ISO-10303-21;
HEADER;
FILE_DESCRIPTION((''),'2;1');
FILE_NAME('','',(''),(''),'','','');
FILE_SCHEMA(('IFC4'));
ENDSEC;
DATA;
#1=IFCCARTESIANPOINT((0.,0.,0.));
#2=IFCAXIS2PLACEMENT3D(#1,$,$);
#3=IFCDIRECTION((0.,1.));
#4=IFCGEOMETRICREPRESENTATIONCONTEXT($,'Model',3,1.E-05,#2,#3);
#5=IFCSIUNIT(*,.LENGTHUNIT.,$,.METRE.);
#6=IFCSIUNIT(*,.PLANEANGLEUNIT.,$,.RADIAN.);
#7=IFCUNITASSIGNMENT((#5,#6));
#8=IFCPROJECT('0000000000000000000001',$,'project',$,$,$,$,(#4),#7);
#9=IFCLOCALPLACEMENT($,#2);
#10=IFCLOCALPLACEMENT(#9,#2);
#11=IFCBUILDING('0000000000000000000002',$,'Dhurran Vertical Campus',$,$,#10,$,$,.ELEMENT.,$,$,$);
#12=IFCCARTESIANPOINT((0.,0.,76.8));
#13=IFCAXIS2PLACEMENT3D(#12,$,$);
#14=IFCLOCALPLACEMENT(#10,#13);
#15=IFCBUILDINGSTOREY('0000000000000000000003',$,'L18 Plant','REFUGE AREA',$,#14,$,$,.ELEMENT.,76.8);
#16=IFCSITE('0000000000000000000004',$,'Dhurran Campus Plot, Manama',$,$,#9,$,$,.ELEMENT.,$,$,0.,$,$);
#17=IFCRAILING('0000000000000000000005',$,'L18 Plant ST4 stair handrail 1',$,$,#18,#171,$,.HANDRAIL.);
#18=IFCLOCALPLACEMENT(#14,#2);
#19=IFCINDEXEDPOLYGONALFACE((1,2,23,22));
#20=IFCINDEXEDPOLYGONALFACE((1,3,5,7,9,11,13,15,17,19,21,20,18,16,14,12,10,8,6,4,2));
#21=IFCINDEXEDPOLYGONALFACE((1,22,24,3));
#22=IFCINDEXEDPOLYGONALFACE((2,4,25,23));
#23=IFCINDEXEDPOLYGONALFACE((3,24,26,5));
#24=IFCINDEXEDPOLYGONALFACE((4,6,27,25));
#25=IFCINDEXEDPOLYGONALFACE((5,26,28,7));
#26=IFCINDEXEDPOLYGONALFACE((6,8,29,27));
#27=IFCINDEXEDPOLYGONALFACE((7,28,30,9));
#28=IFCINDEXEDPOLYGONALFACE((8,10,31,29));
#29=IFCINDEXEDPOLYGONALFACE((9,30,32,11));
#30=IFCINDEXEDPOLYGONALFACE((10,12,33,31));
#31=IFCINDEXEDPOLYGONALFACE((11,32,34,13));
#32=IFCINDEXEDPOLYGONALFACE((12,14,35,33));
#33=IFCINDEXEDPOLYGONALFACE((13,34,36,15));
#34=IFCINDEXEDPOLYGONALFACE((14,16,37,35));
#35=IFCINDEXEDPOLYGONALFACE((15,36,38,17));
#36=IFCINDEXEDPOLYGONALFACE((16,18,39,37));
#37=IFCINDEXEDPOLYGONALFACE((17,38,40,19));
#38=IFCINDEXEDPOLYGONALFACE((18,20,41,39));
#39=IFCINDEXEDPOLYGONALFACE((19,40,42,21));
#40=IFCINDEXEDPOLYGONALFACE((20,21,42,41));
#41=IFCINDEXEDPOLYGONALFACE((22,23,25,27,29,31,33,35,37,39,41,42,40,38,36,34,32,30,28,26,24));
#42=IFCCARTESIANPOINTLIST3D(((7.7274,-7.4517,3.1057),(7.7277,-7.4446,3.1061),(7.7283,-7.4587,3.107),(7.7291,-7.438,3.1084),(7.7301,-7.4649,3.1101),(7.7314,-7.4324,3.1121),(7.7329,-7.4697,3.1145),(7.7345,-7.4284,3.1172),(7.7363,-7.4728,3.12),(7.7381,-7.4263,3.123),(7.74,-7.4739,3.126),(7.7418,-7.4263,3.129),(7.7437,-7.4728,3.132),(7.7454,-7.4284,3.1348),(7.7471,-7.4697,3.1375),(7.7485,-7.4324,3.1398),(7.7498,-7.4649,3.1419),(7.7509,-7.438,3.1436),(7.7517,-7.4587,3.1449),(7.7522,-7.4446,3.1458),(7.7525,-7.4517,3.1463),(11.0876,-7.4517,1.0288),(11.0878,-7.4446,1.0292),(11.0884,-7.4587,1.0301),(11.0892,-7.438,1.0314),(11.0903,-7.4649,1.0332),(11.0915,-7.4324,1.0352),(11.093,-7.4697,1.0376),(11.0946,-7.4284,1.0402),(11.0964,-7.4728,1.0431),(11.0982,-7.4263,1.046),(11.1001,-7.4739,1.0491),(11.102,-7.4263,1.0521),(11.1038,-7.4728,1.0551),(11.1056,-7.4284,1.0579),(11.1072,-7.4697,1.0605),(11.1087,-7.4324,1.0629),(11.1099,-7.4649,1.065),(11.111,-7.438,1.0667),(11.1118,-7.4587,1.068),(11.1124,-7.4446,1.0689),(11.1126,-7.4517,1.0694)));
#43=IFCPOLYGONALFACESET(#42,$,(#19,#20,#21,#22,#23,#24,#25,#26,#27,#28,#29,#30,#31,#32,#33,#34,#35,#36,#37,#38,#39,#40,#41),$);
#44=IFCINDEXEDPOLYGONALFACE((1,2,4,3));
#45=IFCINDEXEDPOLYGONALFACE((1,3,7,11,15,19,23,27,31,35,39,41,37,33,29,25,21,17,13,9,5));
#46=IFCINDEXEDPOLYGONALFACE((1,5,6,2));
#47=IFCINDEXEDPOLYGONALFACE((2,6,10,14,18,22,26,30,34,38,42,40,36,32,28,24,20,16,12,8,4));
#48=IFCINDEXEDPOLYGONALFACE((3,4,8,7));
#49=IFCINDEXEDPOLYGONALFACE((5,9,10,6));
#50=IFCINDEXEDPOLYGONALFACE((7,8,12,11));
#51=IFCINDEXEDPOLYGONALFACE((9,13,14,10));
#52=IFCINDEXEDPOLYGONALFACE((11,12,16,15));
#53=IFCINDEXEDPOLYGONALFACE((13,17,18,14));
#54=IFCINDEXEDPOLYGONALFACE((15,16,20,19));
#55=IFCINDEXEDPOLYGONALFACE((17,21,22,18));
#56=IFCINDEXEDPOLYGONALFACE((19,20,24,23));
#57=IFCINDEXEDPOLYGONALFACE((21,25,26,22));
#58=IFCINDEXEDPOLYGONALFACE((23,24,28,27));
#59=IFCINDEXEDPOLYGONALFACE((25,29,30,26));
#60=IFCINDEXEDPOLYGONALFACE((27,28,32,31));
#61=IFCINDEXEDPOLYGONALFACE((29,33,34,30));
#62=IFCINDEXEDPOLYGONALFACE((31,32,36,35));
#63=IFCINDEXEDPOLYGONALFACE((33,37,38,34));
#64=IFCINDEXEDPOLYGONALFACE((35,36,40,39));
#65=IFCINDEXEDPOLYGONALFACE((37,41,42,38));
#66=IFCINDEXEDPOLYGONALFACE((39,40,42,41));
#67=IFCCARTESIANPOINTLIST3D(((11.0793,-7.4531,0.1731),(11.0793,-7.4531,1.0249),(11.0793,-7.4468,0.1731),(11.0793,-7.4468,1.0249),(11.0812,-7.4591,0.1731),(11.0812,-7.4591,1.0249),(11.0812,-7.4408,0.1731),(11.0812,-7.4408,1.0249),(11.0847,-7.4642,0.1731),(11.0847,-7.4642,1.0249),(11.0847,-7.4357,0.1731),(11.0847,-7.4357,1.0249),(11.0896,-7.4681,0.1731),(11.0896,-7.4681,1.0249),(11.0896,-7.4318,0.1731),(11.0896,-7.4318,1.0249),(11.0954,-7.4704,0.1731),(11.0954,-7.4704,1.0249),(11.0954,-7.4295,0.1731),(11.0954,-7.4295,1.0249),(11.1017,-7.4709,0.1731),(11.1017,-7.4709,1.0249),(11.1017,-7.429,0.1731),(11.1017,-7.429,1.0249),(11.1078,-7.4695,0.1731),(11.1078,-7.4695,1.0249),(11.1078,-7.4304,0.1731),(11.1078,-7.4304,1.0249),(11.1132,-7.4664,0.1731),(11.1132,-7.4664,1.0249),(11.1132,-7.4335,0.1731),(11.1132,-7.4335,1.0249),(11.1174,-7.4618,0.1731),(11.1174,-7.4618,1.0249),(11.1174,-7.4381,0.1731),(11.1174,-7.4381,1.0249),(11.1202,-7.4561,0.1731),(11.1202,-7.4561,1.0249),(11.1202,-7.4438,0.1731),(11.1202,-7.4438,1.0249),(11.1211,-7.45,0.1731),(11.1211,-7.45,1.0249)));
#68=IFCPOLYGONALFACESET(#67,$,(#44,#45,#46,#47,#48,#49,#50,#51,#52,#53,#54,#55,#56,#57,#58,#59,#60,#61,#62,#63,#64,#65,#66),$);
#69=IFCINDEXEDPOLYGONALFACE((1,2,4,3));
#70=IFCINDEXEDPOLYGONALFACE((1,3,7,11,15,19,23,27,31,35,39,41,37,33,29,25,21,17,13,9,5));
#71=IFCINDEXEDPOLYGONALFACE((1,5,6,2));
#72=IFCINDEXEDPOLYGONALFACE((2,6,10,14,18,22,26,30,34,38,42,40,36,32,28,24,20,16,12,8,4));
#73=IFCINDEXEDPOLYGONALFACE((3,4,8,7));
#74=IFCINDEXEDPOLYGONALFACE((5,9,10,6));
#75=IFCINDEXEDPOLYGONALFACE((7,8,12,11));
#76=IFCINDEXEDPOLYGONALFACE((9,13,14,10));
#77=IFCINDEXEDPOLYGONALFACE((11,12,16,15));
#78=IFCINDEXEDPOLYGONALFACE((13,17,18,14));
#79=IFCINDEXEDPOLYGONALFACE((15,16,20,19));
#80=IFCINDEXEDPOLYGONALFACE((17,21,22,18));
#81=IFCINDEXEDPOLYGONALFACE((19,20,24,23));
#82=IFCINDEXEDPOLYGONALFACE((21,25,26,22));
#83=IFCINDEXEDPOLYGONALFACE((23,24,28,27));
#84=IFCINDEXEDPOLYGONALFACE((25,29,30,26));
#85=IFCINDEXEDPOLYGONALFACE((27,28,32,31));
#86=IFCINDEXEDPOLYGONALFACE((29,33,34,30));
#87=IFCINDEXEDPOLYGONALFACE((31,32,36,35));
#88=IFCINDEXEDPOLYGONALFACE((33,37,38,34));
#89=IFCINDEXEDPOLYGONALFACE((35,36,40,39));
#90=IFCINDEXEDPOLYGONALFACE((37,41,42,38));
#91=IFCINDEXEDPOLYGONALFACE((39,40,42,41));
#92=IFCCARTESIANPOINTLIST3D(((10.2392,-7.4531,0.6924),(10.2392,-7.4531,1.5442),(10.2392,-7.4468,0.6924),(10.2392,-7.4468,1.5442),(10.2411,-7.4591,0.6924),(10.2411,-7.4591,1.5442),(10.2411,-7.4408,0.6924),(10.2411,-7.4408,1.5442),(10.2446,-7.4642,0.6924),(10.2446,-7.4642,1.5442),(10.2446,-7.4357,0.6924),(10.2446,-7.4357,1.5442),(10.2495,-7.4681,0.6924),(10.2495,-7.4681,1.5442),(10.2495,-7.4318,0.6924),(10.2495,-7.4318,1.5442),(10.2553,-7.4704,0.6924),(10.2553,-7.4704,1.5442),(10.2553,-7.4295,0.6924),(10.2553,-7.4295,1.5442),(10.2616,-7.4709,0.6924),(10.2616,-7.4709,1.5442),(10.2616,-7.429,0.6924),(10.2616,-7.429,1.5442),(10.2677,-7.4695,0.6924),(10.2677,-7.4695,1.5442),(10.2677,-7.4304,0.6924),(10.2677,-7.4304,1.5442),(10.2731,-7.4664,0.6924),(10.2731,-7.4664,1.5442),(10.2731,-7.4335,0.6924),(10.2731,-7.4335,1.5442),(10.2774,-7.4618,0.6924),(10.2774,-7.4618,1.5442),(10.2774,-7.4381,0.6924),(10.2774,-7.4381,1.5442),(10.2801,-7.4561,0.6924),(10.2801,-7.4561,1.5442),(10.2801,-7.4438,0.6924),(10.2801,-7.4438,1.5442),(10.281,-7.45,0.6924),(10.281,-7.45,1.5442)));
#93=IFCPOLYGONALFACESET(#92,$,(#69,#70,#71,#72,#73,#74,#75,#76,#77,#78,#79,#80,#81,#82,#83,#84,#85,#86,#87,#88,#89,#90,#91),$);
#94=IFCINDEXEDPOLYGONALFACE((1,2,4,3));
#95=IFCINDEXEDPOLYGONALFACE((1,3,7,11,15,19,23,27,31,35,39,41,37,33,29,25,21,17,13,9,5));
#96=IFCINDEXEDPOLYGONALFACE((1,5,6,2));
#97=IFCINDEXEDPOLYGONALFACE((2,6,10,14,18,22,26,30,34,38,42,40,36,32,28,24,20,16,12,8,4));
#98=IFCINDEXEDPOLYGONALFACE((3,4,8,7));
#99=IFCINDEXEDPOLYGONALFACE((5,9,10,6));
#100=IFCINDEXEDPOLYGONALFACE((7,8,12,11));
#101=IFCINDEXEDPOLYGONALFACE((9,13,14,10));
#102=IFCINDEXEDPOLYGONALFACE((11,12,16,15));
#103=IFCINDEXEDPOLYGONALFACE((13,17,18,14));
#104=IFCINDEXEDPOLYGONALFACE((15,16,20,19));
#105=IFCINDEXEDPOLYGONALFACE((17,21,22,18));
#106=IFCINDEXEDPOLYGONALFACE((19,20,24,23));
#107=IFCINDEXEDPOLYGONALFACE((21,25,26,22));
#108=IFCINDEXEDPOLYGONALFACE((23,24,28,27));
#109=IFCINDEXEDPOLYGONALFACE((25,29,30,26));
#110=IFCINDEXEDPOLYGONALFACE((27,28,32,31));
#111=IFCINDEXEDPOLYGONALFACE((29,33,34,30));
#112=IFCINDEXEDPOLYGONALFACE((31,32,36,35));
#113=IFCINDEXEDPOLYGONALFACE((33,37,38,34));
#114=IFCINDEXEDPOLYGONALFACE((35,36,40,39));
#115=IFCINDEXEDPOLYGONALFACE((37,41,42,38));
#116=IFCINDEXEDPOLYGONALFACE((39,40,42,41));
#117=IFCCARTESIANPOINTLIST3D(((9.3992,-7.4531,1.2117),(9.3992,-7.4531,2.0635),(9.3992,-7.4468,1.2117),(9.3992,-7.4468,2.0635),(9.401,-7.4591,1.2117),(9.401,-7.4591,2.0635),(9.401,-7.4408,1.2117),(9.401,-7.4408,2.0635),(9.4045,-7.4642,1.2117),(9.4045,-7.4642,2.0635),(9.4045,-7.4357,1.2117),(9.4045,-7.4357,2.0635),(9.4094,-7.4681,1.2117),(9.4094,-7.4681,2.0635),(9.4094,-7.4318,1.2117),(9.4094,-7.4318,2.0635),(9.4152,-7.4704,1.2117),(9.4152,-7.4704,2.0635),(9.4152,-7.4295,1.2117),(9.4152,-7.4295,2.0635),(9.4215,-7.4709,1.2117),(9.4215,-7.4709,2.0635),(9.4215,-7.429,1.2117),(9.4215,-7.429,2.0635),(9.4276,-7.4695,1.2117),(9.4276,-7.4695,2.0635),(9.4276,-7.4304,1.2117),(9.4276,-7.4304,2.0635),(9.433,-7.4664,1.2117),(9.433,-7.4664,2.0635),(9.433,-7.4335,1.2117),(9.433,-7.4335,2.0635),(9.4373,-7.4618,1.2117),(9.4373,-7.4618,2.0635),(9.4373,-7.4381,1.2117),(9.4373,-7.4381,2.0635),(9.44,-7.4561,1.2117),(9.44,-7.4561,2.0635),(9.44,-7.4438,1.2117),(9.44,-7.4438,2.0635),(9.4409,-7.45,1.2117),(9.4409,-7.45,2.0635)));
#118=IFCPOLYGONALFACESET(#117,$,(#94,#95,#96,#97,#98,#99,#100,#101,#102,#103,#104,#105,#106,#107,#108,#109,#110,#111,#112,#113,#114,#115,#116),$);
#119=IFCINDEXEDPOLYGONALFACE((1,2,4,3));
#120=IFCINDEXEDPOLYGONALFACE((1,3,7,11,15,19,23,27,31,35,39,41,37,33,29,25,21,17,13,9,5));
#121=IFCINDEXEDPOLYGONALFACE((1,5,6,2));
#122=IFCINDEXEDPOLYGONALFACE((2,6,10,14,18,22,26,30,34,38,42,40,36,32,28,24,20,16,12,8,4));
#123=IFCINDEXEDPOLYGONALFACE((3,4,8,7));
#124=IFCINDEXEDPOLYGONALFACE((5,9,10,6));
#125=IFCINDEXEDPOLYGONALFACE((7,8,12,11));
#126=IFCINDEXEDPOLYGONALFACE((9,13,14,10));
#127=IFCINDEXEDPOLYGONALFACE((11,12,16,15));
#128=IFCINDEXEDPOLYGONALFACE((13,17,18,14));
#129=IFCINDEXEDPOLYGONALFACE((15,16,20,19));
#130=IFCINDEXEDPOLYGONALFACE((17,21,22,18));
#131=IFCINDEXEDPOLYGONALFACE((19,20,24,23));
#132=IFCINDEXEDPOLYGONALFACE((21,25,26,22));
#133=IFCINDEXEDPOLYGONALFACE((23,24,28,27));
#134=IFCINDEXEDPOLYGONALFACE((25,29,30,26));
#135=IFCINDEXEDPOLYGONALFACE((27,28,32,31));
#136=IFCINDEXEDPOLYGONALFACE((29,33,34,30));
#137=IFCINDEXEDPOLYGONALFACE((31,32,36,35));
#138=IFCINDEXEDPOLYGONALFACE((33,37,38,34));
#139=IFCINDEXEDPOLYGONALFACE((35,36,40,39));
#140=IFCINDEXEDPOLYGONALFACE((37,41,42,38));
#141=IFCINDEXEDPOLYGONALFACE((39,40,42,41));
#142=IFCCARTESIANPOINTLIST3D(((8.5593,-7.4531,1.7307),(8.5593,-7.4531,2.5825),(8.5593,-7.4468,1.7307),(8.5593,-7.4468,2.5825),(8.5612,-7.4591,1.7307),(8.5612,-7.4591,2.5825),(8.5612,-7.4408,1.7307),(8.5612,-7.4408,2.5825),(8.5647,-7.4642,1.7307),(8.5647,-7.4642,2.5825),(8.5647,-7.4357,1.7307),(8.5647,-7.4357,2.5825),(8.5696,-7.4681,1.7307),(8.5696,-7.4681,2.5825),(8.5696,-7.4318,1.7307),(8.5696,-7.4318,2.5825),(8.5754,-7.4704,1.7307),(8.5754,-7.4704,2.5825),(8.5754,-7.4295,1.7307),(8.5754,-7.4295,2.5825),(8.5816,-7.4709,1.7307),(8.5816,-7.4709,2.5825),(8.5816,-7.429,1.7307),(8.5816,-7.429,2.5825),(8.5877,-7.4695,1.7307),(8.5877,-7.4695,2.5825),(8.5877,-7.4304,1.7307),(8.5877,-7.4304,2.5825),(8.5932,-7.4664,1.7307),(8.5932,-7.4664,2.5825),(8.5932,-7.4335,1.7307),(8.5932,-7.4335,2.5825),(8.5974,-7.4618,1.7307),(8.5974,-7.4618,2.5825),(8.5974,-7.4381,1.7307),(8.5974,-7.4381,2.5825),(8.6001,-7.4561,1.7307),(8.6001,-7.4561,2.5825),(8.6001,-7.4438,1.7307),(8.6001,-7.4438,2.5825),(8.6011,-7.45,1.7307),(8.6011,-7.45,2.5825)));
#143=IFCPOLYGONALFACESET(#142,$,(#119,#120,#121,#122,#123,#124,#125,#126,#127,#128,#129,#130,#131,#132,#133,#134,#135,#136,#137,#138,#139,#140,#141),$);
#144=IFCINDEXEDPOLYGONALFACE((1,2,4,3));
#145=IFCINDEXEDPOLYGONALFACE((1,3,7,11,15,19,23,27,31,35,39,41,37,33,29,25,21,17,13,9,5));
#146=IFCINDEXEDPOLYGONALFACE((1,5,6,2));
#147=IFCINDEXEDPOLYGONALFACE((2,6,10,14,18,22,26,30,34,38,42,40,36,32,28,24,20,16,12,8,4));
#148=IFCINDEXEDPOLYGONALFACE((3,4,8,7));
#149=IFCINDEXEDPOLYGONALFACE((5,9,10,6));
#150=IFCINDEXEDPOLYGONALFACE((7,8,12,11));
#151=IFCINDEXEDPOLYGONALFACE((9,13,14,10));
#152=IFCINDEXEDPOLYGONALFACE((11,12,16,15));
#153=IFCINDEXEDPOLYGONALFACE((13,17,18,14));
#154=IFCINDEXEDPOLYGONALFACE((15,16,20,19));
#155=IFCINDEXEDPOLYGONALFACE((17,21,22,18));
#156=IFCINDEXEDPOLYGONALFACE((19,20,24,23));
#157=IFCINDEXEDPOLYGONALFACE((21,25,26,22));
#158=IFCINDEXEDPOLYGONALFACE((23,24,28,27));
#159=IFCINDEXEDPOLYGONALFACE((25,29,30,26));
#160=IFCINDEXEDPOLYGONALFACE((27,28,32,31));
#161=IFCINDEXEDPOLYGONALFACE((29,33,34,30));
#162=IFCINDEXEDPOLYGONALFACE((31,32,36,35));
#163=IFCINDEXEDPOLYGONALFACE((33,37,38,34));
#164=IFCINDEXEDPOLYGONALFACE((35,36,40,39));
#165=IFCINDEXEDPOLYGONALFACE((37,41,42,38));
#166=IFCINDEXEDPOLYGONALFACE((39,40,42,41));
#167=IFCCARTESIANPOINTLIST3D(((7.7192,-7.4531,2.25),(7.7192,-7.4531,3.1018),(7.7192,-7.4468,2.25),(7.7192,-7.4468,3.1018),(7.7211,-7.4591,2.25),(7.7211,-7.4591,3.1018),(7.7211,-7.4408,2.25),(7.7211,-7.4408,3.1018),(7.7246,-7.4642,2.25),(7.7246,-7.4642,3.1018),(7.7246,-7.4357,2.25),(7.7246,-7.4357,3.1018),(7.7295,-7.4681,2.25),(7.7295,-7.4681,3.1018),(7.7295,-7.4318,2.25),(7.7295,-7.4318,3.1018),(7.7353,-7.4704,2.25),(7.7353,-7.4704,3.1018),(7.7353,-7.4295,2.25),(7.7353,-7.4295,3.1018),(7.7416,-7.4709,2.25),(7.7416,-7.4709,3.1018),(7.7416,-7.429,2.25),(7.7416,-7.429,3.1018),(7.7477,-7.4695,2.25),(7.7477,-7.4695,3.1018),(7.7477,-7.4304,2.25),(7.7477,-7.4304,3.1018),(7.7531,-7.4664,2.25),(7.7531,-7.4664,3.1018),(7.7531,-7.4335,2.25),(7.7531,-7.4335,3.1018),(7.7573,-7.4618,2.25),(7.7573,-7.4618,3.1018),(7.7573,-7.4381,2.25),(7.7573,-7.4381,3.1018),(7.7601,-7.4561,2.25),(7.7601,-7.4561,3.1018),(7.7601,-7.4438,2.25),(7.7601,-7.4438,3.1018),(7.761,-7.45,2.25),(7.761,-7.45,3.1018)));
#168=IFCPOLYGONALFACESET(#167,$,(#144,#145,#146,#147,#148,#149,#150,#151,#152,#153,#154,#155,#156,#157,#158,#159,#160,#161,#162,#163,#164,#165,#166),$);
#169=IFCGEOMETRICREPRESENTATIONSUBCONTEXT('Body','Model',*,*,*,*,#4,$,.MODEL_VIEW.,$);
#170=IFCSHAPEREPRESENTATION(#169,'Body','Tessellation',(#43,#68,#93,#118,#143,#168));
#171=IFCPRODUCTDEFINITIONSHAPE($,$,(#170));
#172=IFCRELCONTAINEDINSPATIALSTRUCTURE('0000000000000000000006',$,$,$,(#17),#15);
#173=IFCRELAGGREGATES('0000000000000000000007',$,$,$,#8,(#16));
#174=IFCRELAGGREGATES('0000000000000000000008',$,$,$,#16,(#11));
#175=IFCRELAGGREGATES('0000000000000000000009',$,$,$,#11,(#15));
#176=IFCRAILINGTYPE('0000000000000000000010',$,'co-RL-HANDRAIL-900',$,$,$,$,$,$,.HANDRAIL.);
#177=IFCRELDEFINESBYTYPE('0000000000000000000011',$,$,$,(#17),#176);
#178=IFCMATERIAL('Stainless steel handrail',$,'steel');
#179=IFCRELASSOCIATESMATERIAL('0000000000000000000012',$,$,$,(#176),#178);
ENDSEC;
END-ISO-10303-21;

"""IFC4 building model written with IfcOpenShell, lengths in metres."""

from ifc_helpers import new_model, si_unit, direction, frame, origin, origin_2d, place, context, subcontext, project, spatial, circle, extrude, material, type_object, element, save


model = new_model("IFC4")

# Units and contexts
model_context = context("Model", 3, precision=1e-05, world=origin(), true_north=direction((0.0, 1.0)))
body_context = subcontext(model_context, "Body", "Model", "MODEL_VIEW")
ifc_project = project(units=[si_unit("LENGTHUNIT", "METRE"), si_unit("PLANEANGLEUNIT", "RADIAN")], contexts=[model_context])

# Site, building, storey
site_placement = place(None, origin())
site = spatial("IfcSite", under=ifc_project, at=site_placement, Name="Dhurran Campus Plot, Manama", CompositionType="ELEMENT", RefElevation=0.0)
building_placement = place(site_placement, origin())
building = spatial("IfcBuilding", under=site, at=building_placement, Name="Dhurran Vertical Campus", CompositionType="ELEMENT")
storey_placement = place(building_placement, frame((0.0, 0.0, 76.8)))
storey = spatial("IfcBuildingStorey", under=building, at=storey_placement, Name="L18 Plant", Description="REFUGE AREA", CompositionType="ELEMENT", Elevation=76.8)

# Railing
ifc_material_1 = material(Name="Stainless steel handrail", Category="steel")
railing_type_1 = type_object("IfcRailingType", Name="co-RL-HANDRAIL-900", PredefinedType="HANDRAIL", material=ifc_material_1)
railing_1_placement = place(storey_placement, frame((11.1001, -7.45, 0.1731)))
element("IfcRailing", 1, at=railing_1_placement, inside=storey, type_object=railing_type_1, Name="L18 Plant ST4 stair handrail 1", PredefinedType="HANDRAIL", context=body_context, shape_type="SweptSolid", body=[
    extrude(circle(Radius=0.0239, at=origin_2d()), frame((0.0, 0.0, 0.876), z_axis=(-0.850623, 0.0, 0.525776), x_axis=(0.0, -1.0, 0.0)), (0.0, 0.0, 1.0), 3.9502),
    extrude(circle(Radius=0.021, at=origin_2d()), origin(), (0.0, 0.0, 1.0), 0.8518),
    extrude(circle(Radius=0.021, at=origin_2d()), frame((-0.8401, 0.0, 0.5193)), (0.0, 0.0, 1.0), 0.8518),
    extrude(circle(Radius=0.021, at=origin_2d()), frame((-1.6802, 0.0, 1.0386)), (0.0, 0.0, 1.0), 0.8518),
    extrude(circle(Radius=0.021, at=origin_2d()), frame((-2.52, 0.0, 1.5576)), (0.0, 0.0, 1.0), 0.8518),
    extrude(circle(Radius=0.021, at=origin_2d()), frame((-3.3601, 0.0, 2.0769)), (0.0, 0.0, 1.0), 0.8518),
])

save(model, "model.ifc")
